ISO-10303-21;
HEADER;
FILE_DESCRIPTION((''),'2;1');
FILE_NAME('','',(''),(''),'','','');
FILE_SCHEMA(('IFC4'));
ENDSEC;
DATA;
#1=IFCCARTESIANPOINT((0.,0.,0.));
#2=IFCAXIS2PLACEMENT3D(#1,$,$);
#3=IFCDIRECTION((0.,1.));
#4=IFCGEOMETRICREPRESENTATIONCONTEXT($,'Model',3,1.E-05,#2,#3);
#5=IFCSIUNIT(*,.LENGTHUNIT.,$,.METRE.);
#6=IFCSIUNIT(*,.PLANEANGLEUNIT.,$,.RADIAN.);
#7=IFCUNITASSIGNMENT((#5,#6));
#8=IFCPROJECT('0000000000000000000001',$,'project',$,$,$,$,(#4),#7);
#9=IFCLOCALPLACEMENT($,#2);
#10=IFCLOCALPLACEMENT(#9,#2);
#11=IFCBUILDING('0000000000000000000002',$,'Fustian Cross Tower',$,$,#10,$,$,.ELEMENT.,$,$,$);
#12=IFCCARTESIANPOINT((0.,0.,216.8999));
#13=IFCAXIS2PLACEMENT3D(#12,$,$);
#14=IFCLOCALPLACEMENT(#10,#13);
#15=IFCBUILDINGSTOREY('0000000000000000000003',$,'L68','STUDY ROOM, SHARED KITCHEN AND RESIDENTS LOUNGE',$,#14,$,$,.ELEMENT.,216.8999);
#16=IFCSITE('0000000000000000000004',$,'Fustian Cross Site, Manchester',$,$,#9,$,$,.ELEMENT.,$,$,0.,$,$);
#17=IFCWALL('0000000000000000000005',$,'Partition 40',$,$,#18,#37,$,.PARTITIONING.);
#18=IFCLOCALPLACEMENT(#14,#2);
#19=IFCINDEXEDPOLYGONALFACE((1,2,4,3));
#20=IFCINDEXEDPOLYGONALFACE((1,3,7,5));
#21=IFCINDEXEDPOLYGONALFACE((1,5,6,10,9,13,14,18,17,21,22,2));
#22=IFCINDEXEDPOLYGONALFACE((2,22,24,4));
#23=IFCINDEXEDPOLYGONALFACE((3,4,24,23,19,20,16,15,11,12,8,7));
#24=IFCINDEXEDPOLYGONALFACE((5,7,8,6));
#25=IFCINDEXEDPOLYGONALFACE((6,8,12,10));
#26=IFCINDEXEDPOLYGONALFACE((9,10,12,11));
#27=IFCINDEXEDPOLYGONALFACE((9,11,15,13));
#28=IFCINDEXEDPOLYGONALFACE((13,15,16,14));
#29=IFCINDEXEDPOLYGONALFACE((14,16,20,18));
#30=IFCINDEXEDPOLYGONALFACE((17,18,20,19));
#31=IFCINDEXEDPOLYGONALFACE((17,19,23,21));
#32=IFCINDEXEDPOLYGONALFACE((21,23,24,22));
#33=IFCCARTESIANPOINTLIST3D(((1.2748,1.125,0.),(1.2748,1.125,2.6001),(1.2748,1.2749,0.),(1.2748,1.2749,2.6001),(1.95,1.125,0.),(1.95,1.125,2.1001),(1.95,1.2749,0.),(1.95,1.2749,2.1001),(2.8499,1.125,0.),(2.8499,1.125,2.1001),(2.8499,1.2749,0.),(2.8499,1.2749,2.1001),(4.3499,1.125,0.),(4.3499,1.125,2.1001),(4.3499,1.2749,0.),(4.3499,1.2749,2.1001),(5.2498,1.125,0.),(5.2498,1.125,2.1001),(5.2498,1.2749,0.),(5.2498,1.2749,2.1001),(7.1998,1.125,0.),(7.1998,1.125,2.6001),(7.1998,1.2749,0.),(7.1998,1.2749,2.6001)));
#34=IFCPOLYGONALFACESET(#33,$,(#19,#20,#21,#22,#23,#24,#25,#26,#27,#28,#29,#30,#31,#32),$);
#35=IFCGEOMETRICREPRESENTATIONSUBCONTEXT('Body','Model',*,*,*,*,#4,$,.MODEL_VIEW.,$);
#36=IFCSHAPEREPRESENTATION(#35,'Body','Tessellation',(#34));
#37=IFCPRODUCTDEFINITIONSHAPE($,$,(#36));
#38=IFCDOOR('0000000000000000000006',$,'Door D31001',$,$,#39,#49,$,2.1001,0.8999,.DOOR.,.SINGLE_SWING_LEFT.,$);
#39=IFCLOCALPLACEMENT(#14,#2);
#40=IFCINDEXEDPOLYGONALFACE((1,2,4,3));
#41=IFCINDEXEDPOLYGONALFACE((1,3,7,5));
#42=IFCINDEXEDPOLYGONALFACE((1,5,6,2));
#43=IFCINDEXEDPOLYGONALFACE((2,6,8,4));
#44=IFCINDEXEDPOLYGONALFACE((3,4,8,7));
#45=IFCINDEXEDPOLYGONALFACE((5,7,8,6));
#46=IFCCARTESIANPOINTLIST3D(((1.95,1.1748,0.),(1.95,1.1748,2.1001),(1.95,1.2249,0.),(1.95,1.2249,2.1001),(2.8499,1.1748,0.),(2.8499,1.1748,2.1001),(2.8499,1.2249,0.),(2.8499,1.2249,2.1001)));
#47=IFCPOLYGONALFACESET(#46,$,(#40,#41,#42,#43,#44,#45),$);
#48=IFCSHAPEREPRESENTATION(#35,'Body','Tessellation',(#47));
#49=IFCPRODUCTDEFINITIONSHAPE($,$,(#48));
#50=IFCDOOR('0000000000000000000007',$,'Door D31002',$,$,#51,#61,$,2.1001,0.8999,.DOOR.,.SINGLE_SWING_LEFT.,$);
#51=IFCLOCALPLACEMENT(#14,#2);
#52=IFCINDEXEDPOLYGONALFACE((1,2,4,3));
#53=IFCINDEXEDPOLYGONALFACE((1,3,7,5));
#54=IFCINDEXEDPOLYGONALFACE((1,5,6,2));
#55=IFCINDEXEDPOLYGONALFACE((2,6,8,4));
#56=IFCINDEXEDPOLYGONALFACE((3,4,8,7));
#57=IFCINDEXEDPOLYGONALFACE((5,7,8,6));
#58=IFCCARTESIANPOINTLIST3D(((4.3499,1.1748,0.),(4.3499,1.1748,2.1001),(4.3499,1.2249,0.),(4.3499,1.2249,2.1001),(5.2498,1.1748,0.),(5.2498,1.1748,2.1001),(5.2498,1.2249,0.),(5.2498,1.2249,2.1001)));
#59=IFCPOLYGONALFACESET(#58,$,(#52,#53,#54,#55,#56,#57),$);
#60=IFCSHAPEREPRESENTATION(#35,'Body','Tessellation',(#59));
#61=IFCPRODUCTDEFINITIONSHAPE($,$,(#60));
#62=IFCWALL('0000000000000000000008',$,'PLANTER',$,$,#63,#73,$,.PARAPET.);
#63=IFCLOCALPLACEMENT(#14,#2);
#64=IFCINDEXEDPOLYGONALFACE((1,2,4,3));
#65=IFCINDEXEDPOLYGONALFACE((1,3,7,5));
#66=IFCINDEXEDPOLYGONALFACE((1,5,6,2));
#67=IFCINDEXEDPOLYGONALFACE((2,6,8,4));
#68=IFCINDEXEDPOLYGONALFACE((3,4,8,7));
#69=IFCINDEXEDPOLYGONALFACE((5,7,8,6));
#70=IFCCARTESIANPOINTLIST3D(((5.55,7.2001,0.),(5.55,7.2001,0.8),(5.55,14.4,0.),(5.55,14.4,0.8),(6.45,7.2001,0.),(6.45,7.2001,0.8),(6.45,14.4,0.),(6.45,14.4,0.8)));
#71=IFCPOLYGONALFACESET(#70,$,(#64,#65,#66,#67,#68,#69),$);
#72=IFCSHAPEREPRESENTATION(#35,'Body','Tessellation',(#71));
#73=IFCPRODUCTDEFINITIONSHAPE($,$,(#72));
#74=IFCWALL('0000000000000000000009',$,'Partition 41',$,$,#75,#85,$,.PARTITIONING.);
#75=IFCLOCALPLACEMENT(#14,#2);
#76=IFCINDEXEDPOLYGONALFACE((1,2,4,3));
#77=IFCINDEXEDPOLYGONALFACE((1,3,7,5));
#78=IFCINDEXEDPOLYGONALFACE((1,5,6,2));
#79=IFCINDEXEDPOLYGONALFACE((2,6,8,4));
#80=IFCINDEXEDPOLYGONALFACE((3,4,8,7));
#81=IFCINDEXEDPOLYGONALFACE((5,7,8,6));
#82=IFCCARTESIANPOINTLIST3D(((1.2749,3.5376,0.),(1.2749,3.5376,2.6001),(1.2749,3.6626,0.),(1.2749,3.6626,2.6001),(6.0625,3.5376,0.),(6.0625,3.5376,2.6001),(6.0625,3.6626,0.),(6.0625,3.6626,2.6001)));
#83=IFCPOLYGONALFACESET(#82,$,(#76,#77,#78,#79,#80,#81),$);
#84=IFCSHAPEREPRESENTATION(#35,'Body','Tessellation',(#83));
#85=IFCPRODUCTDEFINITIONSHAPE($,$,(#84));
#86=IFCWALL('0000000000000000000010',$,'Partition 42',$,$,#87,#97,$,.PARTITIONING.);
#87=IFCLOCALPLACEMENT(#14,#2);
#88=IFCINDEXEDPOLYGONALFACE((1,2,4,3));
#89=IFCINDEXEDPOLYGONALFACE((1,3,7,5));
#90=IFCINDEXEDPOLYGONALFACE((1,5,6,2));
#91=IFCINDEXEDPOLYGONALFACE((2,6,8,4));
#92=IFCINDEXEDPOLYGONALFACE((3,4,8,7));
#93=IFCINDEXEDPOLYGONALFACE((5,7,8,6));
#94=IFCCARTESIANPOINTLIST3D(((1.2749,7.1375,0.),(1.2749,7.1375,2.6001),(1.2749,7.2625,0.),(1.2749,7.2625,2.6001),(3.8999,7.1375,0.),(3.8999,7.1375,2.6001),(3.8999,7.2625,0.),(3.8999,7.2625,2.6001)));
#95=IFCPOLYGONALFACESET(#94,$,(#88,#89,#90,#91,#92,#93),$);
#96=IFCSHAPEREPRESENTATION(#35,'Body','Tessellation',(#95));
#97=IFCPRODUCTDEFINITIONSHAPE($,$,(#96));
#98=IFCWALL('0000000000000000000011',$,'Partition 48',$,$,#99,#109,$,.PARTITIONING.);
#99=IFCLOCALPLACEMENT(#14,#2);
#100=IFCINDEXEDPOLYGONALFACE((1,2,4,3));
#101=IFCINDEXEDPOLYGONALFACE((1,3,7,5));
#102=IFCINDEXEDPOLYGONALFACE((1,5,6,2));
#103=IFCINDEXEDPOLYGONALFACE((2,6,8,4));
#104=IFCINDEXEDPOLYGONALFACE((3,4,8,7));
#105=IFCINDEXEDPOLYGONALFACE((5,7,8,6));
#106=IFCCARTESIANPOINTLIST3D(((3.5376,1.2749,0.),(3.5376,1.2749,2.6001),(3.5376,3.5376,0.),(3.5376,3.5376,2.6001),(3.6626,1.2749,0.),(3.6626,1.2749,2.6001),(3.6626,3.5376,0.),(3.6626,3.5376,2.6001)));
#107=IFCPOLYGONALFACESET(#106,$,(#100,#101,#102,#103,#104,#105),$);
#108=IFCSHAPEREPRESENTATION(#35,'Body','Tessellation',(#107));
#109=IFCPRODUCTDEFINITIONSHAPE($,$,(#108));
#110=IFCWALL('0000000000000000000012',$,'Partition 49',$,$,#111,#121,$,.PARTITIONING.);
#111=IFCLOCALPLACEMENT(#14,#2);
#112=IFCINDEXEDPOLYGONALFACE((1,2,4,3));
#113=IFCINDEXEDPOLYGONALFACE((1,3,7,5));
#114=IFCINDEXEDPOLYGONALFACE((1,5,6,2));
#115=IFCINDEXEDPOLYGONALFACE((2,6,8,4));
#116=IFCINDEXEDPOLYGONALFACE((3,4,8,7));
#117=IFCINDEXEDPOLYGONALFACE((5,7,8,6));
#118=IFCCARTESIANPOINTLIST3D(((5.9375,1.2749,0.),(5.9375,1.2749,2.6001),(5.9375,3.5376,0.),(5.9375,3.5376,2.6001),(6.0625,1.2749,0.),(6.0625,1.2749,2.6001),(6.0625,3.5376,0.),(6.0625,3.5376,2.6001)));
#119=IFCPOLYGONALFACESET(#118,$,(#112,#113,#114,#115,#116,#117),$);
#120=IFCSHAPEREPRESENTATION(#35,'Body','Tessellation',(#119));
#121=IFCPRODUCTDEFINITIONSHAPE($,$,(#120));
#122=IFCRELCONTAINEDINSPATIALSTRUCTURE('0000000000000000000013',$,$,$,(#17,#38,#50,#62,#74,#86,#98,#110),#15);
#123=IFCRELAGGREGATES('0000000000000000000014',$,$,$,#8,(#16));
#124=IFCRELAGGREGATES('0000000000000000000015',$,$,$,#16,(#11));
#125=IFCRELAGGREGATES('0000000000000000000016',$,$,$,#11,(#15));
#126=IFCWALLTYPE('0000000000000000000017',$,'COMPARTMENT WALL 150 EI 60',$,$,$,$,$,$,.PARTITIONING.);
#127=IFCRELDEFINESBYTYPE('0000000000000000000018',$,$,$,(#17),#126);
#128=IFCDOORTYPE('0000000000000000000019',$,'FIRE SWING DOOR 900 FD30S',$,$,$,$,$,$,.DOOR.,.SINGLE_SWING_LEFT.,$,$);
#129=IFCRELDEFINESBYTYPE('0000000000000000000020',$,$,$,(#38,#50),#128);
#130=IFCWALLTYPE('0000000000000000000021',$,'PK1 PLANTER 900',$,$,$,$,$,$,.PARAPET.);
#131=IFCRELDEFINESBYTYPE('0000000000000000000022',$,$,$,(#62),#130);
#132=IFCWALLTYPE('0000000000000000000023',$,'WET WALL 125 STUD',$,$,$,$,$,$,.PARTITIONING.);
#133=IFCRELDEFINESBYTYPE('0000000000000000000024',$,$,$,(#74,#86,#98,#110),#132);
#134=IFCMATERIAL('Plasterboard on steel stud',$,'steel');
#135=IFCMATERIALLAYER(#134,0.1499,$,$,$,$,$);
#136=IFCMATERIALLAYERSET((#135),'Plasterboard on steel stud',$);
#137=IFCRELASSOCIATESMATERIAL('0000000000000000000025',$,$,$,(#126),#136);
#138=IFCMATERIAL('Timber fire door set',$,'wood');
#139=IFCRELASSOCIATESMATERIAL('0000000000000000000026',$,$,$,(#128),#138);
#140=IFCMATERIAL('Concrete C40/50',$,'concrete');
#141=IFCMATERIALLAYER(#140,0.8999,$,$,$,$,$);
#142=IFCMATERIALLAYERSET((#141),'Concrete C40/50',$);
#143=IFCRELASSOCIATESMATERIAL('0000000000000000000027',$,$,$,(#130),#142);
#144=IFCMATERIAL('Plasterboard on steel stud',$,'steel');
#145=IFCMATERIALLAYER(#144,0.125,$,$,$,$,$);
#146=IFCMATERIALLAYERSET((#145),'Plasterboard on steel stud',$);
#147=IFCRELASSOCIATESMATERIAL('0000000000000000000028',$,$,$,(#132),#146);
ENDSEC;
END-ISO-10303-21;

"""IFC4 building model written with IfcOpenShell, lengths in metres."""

from ifc_helpers import new_model, si_unit, direction, frame, frame_2d, origin, place, context, subcontext, project, spatial, rectangle, extrude, material, layer, layer_set, type_object, element, fill, save


model = new_model("IFC4")

# Units and contexts
model_context = context("Model", 3, precision=1e-05, world=origin(), true_north=direction((0.0, 1.0)))
body_context = subcontext(model_context, "Body", "Model", "MODEL_VIEW")
ifc_project = project(units=[si_unit("LENGTHUNIT", "METRE"), si_unit("PLANEANGLEUNIT", "RADIAN")], contexts=[model_context])

# Site, building, storey
site_placement = place(None, origin())
site = spatial("IfcSite", under=ifc_project, at=site_placement, Name="Fustian Cross Site, Manchester", CompositionType="ELEMENT", RefElevation=0.0)
building_placement = place(site_placement, origin())
building = spatial("IfcBuilding", under=site, at=building_placement, Name="Fustian Cross Tower", CompositionType="ELEMENT")
storey_placement = place(building_placement, frame((0.0, 0.0, 216.8999)))
storey = spatial("IfcBuildingStorey", under=building, at=storey_placement, Name="L68", Description="STUDY ROOM, SHARED KITCHEN AND RESIDENTS LOUNGE", CompositionType="ELEMENT", Elevation=216.8999)

# Wall, openings, doors
ifc_material_1 = material(Name="Plasterboard on steel stud", Category="steel")
ifc_layer_1 = layer(ifc_material_1, 0.1499)
ifc_layer_set_1 = layer_set([ifc_layer_1], Name="Plasterboard on steel stud")
wall_type_1 = type_object("IfcWallType", Name="COMPARTMENT WALL 150 EI 60", PredefinedType="PARTITIONING", material=ifc_layer_set_1)
ifc_material_2 = material(Name="Timber fire door set", Category="wood")
door_type_1 = type_object("IfcDoorType", Name="FIRE SWING DOOR 900 FD30S", OperationType="SINGLE_SWING_LEFT", PredefinedType="DOOR", material=ifc_material_2)
wall_1_placement = place(storey_placement, frame((1.2749, 1.2, 0.0), z_axis=(0.0, 0.0, 1.0), x_axis=(1.0, 0.0, 0.0)))
wall_1 = element("IfcWall", 1, at=wall_1_placement, inside=storey, type_object=wall_type_1, Name="Partition 40", PredefinedType="PARTITIONING", context=body_context, shape_type="SweptSolid", body=[
    extrude(rectangle(XDim=5.925, YDim=0.1499, at=frame_2d((2.9624, 0.0))), origin(), (0.0, 0.0, 1.0), 2.6001),
])
opening_1_placement = place(wall_1_placement, frame((0.675, 0.0, 0.0)))
opening_1 = element("IfcOpeningElement", 2, at=opening_1_placement, cuts=wall_1, PredefinedType="OPENING", context=body_context, shape_type="SweptSolid", body=[
    extrude(rectangle(XDim=0.8999, YDim=2.1001, at=frame_2d((0.45, 1.05))), frame((0.0, 0.085, 0.0), z_axis=(0.0, -1.0, 0.0), x_axis=(1.0, 0.0, 0.0)), (0.0, 0.0, 1.0), 0.1699),
])
opening_2_placement = place(wall_1_placement, frame((3.075, 0.0, 0.0)))
opening_2 = element("IfcOpeningElement", 3, at=opening_2_placement, cuts=wall_1, PredefinedType="OPENING", context=body_context, shape_type="SweptSolid", body=[
    extrude(rectangle(XDim=0.8999, YDim=2.1001, at=frame_2d((0.45, 1.05))), frame((0.0, 0.085, 0.0), z_axis=(0.0, -1.0, 0.0), x_axis=(1.0, 0.0, 0.0)), (0.0, 0.0, 1.0), 0.1699),
])
door_1_placement = place(opening_1_placement, origin())
door_1 = element("IfcDoor", 4, at=door_1_placement, inside=storey, type_object=door_type_1, Name="Door D31001", OperationType="SINGLE_SWING_LEFT", OverallHeight=2.1001, OverallWidth=0.8999, PredefinedType="DOOR", context=body_context, shape_type="SweptSolid", body=[
    extrude(rectangle(XDim=0.8999, YDim=2.1001, at=frame_2d((0.45, 1.05))), frame((0.0, 0.0249, 0.0), z_axis=(0.0, -1.0, 0.0), x_axis=(1.0, 0.0, 0.0)), (0.0, 0.0, 1.0), 0.05),
])
fill(opening_1, door_1)
door_2_placement = place(opening_2_placement, origin())
door_2 = element("IfcDoor", 5, at=door_2_placement, inside=storey, type_object=door_type_1, Name="Door D31002", OperationType="SINGLE_SWING_LEFT", OverallHeight=2.1001, OverallWidth=0.8999, PredefinedType="DOOR", context=body_context, shape_type="SweptSolid", body=[
    extrude(rectangle(XDim=0.8999, YDim=2.1001, at=frame_2d((0.45, 1.05))), frame((0.0, 0.0249, 0.0), z_axis=(0.0, -1.0, 0.0), x_axis=(1.0, 0.0, 0.0)), (0.0, 0.0, 1.0), 0.05),
])
fill(opening_2, door_2)

# Walls
ifc_material_3 = material(Name="Concrete C40/50", Category="concrete")
ifc_layer_2 = layer(ifc_material_3, 0.8999)
ifc_layer_set_2 = layer_set([ifc_layer_2], Name="Concrete C40/50")
wall_type_2 = type_object("IfcWallType", Name="PK1 PLANTER 900", PredefinedType="PARAPET", material=ifc_layer_set_2)
wall_2_placement = place(storey_placement, frame((6.0, 7.2, 0.0), z_axis=(0.0, 0.0, 1.0), x_axis=(0.0, 1.0, 0.0)))
element("IfcWall", 6, at=wall_2_placement, inside=storey, type_object=wall_type_2, Name="PLANTER", PredefinedType="PARAPET", context=body_context, shape_type="SweptSolid", body=[
    extrude(rectangle(XDim=7.2, YDim=0.8999, at=frame_2d((3.6001, 0.0))), origin(), (0.0, 0.0, 1.0), 0.8),
])
ifc_material_4 = material(Name="Plasterboard on steel stud", Category="steel")
ifc_layer_3 = layer(ifc_material_4, 0.125)
ifc_layer_set_3 = layer_set([ifc_layer_3], Name="Plasterboard on steel stud")
wall_type_3 = type_object("IfcWallType", Name="WET WALL 125 STUD", PredefinedType="PARTITIONING", material=ifc_layer_set_3)
wall_3_placement = place(storey_placement, frame((1.2749, 3.6001, 0.0), z_axis=(0.0, 0.0, 1.0), x_axis=(1.0, 0.0, 0.0)))
element("IfcWall", 7, at=wall_3_placement, inside=storey, type_object=wall_type_3, Name="Partition 41", PredefinedType="PARTITIONING", context=body_context, shape_type="SweptSolid", body=[
    extrude(rectangle(XDim=4.7876, YDim=0.125, at=frame_2d((2.3938, 0.0))), origin(), (0.0, 0.0, 1.0), 2.6001),
])
wall_4_placement = place(storey_placement, frame((1.2749, 7.2, 0.0), z_axis=(0.0, 0.0, 1.0), x_axis=(1.0, 0.0, 0.0)))
element("IfcWall", 8, at=wall_4_placement, inside=storey, type_object=wall_type_3, Name="Partition 42", PredefinedType="PARTITIONING", context=body_context, shape_type="SweptSolid", body=[
    extrude(rectangle(XDim=2.625, YDim=0.125, at=frame_2d((1.3125, 0.0))), origin(), (0.0, 0.0, 1.0), 2.6001),
])
for number, where, z_axis, x_axis, name in (
    (9, (3.6001, 1.2749, 0.0), (0.0, 0.0, 1.0), (0.0, 1.0, 0.0), "Partition 48"),
    (10, (6.0, 1.2749, 0.0), (0.0, 0.0, 1.0), (0.0, 1.0, 0.0), "Partition 49"),
):
    element("IfcWall", number, at=place(storey_placement, frame(where, z_axis=z_axis, x_axis=x_axis)), inside=storey, type_object=wall_type_3, Name=name, PredefinedType="PARTITIONING", context=body_context, shape_type="SweptSolid", body=[
        extrude(rectangle(XDim=2.2627, YDim=0.125, at=frame_2d((1.1313, 0.0))), origin(), (0.0, 0.0, 1.0), 2.6001),
    ])

save(model, "model.ifc")
